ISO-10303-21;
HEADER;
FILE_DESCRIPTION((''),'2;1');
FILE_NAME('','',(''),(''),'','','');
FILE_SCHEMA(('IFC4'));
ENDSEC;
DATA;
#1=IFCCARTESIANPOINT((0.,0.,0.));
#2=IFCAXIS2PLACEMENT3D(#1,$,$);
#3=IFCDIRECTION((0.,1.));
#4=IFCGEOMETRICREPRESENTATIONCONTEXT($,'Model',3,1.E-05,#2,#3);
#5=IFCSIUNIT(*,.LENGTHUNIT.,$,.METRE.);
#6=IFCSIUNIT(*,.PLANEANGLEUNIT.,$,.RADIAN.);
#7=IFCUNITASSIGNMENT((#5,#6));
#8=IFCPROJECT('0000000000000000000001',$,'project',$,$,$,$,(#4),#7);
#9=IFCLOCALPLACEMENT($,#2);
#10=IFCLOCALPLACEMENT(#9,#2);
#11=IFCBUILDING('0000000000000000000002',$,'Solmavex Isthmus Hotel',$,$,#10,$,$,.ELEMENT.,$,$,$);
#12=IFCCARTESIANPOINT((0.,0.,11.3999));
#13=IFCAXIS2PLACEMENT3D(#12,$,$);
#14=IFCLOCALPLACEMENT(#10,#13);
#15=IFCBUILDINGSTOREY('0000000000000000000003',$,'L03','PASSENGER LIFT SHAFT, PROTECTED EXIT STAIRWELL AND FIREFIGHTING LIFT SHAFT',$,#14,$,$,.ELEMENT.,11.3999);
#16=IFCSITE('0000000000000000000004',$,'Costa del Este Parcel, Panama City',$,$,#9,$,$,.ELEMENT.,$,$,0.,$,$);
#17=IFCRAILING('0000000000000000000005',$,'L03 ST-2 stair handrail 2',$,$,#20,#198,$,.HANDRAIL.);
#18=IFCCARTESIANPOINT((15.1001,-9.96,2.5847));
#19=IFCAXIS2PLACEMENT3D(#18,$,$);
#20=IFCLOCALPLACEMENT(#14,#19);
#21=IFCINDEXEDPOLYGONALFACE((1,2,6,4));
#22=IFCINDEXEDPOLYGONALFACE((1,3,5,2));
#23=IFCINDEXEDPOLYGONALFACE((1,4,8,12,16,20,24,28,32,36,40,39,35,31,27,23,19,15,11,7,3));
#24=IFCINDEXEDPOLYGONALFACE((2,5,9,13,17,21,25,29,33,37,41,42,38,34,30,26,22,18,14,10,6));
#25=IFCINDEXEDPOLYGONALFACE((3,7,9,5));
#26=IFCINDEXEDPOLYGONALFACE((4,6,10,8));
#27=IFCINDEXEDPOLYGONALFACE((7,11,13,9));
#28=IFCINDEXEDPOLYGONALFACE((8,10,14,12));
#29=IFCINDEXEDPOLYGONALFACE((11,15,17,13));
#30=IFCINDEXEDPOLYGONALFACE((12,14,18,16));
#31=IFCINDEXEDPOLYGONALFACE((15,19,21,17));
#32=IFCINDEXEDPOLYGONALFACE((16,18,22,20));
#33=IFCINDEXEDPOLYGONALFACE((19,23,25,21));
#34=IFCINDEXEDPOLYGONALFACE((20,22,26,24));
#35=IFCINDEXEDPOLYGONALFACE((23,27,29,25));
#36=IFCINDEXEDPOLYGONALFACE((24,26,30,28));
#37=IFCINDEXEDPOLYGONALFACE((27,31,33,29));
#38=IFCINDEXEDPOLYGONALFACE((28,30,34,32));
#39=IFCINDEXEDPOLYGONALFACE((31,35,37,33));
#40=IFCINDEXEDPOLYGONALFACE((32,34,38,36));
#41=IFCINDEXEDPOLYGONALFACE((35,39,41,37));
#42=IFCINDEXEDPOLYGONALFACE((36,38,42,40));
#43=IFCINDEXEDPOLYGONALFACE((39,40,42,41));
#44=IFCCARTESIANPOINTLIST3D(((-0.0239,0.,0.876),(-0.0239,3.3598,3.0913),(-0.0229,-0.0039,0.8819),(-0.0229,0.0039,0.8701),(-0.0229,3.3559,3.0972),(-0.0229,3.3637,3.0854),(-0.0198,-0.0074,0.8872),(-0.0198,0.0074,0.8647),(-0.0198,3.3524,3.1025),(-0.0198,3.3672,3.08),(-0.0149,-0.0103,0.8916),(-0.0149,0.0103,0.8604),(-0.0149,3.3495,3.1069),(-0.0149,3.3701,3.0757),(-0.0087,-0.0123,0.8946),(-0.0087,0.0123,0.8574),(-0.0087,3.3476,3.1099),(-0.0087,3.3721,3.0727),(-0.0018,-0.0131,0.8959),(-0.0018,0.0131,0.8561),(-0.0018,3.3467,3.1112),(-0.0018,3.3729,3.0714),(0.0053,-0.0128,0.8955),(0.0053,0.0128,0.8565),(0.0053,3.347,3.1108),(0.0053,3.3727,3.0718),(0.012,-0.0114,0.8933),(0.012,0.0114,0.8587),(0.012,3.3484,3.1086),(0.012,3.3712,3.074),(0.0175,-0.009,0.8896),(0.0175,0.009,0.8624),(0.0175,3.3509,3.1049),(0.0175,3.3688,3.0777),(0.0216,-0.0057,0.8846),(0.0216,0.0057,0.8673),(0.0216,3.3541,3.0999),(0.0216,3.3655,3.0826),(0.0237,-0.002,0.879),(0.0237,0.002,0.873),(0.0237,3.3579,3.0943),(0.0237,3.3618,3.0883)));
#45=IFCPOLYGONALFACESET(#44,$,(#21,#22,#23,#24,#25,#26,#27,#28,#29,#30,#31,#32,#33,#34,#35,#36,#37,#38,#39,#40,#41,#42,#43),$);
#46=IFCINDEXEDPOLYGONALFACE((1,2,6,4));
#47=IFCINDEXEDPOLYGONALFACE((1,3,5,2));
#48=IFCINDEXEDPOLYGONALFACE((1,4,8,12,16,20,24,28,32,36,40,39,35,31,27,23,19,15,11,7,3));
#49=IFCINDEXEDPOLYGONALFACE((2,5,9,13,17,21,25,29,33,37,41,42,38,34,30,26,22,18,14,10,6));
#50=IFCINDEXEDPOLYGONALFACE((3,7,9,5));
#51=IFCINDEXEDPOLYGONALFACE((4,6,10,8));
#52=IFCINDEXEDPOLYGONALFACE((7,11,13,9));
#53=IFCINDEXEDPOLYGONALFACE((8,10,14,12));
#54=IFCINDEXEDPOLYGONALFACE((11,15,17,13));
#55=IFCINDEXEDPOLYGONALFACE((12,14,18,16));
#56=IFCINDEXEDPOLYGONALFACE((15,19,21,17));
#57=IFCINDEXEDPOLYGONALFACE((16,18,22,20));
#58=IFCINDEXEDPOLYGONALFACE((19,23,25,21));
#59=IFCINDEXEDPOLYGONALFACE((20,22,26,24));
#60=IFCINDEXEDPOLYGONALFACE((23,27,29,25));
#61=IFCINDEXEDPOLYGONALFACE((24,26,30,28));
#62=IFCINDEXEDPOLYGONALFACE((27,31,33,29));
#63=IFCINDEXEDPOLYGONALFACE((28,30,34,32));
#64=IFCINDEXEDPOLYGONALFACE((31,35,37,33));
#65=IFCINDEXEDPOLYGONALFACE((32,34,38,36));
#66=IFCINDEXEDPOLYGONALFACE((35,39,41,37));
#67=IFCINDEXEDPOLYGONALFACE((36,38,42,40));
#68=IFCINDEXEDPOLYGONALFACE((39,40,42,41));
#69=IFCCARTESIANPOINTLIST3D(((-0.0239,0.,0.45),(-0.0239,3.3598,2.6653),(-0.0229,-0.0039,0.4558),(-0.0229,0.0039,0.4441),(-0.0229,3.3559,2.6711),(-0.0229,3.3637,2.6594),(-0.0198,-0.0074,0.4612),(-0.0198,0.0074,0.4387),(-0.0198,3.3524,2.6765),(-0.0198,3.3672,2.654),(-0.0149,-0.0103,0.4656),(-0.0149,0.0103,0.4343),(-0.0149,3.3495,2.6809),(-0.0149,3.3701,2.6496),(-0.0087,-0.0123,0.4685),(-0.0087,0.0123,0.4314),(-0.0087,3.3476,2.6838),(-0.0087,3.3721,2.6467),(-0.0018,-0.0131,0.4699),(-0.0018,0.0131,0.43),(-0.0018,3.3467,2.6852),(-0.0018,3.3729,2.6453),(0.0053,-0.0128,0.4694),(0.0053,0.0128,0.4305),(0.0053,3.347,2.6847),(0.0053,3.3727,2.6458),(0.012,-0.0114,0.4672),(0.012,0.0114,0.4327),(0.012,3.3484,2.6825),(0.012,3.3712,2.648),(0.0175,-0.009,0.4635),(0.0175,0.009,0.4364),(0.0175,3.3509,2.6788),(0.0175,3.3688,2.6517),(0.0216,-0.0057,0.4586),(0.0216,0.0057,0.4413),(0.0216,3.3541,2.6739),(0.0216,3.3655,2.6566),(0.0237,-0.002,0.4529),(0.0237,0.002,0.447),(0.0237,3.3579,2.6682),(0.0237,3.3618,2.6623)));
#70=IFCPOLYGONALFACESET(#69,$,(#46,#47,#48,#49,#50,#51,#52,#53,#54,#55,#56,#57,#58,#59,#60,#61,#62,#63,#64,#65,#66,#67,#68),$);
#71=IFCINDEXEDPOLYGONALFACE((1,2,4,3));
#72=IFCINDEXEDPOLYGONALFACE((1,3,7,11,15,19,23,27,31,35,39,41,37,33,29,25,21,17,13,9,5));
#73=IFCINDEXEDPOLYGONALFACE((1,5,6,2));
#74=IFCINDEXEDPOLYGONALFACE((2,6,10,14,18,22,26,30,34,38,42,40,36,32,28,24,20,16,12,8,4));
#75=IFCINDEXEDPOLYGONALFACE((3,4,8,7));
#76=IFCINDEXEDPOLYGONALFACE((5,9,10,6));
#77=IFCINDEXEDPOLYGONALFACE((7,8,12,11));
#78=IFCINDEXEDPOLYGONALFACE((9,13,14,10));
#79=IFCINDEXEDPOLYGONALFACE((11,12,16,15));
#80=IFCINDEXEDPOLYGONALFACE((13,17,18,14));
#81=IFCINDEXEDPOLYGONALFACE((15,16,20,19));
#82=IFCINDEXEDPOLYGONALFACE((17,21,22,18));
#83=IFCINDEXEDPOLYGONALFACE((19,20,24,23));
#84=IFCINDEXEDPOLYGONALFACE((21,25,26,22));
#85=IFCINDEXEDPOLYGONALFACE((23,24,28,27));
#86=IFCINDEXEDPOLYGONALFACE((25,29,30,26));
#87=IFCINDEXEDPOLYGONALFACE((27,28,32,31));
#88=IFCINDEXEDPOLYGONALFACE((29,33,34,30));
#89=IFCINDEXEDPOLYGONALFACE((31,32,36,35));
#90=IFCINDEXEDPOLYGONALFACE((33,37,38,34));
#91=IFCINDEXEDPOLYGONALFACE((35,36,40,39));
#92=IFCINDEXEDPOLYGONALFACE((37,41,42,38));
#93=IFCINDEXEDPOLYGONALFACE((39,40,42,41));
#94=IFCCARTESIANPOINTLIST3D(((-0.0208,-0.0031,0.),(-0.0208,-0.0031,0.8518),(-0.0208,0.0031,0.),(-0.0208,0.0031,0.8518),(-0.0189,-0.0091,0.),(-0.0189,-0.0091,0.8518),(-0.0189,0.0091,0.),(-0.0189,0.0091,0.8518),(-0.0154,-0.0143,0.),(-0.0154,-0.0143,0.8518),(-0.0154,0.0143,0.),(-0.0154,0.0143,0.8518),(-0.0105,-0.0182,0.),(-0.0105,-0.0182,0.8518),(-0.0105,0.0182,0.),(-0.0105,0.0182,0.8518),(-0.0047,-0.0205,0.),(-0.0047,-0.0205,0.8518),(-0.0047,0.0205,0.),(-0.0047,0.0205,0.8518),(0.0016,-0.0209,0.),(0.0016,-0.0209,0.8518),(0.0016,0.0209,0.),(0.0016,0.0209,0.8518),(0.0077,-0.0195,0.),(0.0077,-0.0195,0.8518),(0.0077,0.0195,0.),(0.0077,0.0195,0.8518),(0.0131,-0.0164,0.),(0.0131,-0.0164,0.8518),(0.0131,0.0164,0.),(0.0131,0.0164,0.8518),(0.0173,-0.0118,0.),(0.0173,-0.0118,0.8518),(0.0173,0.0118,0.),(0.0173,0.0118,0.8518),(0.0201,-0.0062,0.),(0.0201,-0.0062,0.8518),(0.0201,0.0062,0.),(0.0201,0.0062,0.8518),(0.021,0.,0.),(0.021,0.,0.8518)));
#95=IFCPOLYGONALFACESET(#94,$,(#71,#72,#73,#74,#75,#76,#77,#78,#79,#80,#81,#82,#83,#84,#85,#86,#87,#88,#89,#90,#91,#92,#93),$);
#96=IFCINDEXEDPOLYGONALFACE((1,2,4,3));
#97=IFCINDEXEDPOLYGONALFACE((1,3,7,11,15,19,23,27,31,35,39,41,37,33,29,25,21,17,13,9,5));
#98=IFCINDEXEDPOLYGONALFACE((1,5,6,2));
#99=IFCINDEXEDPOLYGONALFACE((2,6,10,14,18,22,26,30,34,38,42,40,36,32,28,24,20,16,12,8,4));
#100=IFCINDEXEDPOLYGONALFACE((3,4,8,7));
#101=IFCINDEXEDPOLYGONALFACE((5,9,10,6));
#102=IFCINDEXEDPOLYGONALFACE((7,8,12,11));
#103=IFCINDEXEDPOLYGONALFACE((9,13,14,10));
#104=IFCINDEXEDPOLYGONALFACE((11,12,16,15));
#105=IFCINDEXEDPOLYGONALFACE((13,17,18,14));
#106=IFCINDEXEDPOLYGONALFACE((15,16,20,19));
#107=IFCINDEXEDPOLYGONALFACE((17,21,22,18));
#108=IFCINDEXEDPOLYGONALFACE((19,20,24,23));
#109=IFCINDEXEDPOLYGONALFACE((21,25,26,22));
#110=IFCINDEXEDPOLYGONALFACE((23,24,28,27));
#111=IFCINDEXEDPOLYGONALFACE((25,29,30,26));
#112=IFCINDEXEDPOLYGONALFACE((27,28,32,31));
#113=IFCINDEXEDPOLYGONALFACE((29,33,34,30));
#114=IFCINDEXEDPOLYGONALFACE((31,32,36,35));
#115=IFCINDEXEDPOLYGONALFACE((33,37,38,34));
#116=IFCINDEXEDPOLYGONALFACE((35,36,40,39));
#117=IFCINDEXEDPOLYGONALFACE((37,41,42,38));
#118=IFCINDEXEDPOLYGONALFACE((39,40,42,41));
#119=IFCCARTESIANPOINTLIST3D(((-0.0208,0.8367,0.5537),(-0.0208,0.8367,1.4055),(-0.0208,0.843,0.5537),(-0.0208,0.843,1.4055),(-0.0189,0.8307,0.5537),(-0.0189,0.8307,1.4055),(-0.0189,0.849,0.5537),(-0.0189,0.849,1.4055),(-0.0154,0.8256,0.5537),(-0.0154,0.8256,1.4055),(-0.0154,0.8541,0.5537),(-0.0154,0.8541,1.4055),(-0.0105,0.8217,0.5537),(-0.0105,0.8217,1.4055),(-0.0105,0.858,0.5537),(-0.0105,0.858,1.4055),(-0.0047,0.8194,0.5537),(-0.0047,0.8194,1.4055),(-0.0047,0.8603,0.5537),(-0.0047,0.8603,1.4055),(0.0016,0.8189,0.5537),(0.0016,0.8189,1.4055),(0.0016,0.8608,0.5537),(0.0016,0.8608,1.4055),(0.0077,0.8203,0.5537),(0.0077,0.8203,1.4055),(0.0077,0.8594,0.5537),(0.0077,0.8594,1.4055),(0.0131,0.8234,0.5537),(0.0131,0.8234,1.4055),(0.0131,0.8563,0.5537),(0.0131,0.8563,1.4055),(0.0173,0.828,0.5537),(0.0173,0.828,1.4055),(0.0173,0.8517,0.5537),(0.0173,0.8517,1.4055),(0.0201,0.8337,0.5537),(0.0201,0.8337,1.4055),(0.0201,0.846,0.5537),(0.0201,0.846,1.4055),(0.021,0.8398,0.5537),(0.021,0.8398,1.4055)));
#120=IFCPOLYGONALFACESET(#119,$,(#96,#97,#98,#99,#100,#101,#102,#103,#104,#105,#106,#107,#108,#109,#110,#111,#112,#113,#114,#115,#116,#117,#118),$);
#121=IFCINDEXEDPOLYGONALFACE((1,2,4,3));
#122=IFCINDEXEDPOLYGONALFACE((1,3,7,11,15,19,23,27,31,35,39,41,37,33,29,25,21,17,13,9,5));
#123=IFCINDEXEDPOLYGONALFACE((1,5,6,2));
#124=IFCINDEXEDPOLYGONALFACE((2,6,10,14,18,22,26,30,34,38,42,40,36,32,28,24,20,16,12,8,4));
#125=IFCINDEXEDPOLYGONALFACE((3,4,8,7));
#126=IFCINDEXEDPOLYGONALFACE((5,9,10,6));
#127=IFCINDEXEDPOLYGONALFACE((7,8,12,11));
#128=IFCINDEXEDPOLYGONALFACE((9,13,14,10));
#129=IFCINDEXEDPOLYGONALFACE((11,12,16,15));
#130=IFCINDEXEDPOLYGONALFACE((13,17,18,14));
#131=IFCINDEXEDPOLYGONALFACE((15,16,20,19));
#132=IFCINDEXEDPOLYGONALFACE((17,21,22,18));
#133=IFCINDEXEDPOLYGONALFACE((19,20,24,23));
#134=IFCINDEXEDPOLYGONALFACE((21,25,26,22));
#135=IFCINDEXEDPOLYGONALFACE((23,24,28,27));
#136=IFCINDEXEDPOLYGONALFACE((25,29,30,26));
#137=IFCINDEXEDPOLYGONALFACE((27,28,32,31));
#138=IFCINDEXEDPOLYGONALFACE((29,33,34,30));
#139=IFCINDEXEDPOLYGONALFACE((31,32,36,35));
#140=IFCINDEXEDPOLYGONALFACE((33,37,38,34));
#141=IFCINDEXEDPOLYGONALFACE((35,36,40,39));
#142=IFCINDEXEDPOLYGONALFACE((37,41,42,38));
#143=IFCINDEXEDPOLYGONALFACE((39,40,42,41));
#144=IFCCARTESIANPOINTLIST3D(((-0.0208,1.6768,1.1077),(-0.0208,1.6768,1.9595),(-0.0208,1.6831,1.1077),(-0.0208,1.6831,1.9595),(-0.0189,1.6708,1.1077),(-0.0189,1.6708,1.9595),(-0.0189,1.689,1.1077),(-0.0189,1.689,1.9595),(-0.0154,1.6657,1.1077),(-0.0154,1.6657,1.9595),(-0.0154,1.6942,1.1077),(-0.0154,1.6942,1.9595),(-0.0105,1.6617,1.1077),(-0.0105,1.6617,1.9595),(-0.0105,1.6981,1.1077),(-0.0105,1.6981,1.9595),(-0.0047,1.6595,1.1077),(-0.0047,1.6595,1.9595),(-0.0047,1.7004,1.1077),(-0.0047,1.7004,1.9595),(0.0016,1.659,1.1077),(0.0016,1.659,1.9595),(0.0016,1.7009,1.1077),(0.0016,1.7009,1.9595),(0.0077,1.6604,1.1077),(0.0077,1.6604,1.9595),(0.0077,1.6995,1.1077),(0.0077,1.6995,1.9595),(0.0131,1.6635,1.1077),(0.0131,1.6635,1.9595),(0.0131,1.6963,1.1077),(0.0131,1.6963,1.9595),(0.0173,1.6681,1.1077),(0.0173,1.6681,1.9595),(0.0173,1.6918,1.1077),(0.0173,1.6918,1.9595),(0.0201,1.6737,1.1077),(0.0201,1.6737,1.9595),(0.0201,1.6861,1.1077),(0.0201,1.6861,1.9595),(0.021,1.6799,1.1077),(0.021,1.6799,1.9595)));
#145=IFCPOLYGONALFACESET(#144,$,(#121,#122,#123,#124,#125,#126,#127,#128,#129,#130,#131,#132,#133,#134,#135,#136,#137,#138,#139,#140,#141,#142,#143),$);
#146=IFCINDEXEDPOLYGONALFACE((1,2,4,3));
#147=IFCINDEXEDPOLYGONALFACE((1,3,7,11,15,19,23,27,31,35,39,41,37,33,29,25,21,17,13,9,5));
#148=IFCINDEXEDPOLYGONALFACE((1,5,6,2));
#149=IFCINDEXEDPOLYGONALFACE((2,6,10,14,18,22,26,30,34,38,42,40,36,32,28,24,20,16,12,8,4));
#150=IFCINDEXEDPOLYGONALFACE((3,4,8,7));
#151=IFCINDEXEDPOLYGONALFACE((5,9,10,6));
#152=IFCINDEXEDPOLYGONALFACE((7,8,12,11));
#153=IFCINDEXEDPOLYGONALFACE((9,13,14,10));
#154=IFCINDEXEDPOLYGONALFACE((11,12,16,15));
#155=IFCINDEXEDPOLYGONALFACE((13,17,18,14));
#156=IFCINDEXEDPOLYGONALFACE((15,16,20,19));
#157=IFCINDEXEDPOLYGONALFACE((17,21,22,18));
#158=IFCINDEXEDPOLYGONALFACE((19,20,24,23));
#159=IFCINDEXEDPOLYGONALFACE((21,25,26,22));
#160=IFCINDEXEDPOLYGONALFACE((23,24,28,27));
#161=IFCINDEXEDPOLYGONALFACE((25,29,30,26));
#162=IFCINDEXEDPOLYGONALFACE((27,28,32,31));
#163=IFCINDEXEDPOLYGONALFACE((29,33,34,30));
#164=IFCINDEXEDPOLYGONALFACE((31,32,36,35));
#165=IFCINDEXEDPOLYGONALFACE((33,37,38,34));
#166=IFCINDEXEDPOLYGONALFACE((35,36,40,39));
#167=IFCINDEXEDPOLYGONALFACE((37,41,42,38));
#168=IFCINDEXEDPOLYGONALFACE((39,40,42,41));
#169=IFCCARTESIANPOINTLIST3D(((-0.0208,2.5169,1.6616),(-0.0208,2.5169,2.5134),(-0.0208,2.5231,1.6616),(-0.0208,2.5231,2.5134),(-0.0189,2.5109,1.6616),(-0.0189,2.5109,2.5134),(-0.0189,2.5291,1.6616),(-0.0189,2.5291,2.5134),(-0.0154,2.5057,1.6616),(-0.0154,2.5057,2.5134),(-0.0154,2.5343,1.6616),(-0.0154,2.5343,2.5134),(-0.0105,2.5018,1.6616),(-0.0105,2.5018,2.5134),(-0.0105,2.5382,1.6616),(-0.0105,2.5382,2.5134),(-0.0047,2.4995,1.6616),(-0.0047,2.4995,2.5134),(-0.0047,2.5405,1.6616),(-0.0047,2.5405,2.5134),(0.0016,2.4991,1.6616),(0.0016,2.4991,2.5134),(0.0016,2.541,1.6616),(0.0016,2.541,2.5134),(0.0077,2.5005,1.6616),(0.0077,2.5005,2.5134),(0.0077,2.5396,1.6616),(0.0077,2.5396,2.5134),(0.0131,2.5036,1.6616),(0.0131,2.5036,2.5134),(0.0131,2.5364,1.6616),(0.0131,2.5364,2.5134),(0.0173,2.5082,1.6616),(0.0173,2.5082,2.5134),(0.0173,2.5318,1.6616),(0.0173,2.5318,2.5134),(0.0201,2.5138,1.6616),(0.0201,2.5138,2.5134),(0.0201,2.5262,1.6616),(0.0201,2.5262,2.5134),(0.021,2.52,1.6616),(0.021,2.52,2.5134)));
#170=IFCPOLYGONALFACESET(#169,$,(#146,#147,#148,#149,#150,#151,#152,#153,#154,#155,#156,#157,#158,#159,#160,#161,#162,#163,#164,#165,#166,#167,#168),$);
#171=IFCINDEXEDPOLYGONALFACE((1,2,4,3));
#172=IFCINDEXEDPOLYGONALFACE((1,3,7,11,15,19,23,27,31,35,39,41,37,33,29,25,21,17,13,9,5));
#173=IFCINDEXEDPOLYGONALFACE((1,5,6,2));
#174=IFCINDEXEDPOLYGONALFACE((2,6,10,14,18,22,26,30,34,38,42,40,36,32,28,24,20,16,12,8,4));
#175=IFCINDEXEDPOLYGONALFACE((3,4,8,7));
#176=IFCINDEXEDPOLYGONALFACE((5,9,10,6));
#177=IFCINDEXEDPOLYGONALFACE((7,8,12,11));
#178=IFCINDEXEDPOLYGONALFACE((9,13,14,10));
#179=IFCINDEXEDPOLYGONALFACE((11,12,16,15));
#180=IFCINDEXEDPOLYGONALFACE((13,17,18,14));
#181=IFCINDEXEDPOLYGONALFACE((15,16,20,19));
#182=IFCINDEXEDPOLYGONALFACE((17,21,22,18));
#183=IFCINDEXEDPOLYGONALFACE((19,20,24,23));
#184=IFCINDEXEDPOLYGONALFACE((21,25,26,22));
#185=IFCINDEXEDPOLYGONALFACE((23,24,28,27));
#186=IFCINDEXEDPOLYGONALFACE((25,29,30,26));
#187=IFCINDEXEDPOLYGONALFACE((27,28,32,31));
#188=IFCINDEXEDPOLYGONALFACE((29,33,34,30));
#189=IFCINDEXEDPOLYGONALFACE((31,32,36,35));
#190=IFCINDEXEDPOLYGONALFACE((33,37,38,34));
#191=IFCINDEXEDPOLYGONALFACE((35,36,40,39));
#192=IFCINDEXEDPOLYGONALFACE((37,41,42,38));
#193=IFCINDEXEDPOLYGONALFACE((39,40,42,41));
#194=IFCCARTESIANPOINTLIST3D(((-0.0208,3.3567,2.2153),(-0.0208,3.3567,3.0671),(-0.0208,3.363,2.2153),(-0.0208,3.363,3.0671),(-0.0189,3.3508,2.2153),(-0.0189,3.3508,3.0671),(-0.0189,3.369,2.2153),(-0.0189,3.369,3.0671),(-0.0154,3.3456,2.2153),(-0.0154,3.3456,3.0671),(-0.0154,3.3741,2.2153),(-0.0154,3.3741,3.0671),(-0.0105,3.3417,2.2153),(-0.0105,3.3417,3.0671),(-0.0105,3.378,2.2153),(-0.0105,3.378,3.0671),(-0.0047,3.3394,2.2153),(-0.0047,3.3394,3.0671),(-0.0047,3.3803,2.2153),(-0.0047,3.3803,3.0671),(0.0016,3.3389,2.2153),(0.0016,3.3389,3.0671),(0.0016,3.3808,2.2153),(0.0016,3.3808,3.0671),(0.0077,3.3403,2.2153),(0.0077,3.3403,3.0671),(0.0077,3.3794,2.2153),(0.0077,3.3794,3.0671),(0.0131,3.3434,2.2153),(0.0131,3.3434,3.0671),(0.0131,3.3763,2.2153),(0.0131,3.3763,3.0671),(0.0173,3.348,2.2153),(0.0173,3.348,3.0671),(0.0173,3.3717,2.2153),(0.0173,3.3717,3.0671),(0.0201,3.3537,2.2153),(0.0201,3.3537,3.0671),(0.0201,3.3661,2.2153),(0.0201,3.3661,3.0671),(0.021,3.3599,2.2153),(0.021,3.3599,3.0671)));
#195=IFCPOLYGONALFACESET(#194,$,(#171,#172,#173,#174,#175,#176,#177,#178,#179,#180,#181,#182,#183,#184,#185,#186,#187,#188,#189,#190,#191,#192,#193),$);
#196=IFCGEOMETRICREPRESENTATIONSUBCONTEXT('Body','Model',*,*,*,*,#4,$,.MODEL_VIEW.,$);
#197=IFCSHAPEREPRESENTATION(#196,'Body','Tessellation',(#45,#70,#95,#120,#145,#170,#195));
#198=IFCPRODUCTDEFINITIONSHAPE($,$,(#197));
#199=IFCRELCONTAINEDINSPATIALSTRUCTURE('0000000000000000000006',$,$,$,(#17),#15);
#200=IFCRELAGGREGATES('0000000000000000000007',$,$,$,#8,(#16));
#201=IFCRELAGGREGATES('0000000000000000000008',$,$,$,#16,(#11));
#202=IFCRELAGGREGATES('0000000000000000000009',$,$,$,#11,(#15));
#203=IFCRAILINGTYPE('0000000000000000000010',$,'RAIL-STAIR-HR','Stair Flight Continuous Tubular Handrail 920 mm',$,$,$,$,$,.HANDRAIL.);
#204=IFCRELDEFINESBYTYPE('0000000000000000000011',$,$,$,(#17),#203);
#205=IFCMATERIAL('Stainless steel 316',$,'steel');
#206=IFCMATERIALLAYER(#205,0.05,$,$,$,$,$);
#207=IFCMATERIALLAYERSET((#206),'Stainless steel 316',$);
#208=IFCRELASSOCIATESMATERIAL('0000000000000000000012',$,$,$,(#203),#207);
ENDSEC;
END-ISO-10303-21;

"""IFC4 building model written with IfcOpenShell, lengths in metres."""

from ifc_helpers import new_model, si_unit, direction, frame, origin, origin_2d, place, context, subcontext, project, spatial, circle, extrude, material, layer, layer_set, type_object, element, save


model = new_model("IFC4")

# Units and contexts
model_context = context("Model", 3, precision=1e-05, world=origin(), true_north=direction((0.0, 1.0)))
body_context = subcontext(model_context, "Body", "Model", "MODEL_VIEW")
ifc_project = project(units=[si_unit("LENGTHUNIT", "METRE"), si_unit("PLANEANGLEUNIT", "RADIAN")], contexts=[model_context])

# Site, building, storey
site_placement = place(None, origin())
site = spatial("IfcSite", under=ifc_project, at=site_placement, Name="Costa del Este Parcel, Panama City", CompositionType="ELEMENT", RefElevation=0.0)
building_placement = place(site_placement, origin())
building = spatial("IfcBuilding", under=site, at=building_placement, Name="Solmavex Isthmus Hotel", CompositionType="ELEMENT")
storey_placement = place(building_placement, frame((0.0, 0.0, 11.3999)))
storey = spatial("IfcBuildingStorey", under=building, at=storey_placement, Name="L03", Description="PASSENGER LIFT SHAFT, PROTECTED EXIT STAIRWELL AND FIREFIGHTING LIFT SHAFT", CompositionType="ELEMENT", Elevation=11.3999)

# Railing
ifc_material_1 = material(Name="Stainless steel 316", Category="steel")
ifc_layer_1 = layer(ifc_material_1, 0.05)
ifc_layer_set_1 = layer_set([ifc_layer_1], Name="Stainless steel 316")
railing_type_1 = type_object("IfcRailingType", Name="RAIL-STAIR-HR", Description="Stair Flight Continuous Tubular Handrail 920 mm", PredefinedType="HANDRAIL", material=ifc_layer_set_1)
railing_1_placement = place(storey_placement, frame((15.1001, -9.96, 2.5847)))
element("IfcRailing", 1, at=railing_1_placement, inside=storey, type_object=railing_type_1, Name="L03 ST-2 stair handrail 2", PredefinedType="HANDRAIL", context=body_context, shape_type="SweptSolid", body=[
    extrude(circle(Radius=0.0239, at=origin_2d()), frame((0.0, 0.0, 0.876), z_axis=(0.0, 0.834858, 0.550465), x_axis=(-1.0, 0.0, 0.0)), (0.0, 0.0, 1.0), 4.0244),
    extrude(circle(Radius=0.0239, at=origin_2d()), frame((0.0, 0.0, 0.45), z_axis=(0.0, 0.834858, 0.550465), x_axis=(-1.0, 0.0, 0.0)), (0.0, 0.0, 1.0), 4.0244),
    extrude(circle(Radius=0.021, at=origin_2d()), origin(), (0.0, 0.0, 1.0), 0.8518),
    extrude(circle(Radius=0.021, at=origin_2d()), frame((0.0, 0.8398, 0.5537)), (0.0, 0.0, 1.0), 0.8518),
    extrude(circle(Radius=0.021, at=origin_2d()), frame((0.0, 1.6799, 1.1077)), (0.0, 0.0, 1.0), 0.8518),
    extrude(circle(Radius=0.021, at=origin_2d()), frame((0.0, 2.52, 1.6616)), (0.0, 0.0, 1.0), 0.8518),
    extrude(circle(Radius=0.021, at=origin_2d()), frame((0.0, 3.3599, 2.2153)), (0.0, 0.0, 1.0), 0.8518),
])

save(model, "model.ifc")
